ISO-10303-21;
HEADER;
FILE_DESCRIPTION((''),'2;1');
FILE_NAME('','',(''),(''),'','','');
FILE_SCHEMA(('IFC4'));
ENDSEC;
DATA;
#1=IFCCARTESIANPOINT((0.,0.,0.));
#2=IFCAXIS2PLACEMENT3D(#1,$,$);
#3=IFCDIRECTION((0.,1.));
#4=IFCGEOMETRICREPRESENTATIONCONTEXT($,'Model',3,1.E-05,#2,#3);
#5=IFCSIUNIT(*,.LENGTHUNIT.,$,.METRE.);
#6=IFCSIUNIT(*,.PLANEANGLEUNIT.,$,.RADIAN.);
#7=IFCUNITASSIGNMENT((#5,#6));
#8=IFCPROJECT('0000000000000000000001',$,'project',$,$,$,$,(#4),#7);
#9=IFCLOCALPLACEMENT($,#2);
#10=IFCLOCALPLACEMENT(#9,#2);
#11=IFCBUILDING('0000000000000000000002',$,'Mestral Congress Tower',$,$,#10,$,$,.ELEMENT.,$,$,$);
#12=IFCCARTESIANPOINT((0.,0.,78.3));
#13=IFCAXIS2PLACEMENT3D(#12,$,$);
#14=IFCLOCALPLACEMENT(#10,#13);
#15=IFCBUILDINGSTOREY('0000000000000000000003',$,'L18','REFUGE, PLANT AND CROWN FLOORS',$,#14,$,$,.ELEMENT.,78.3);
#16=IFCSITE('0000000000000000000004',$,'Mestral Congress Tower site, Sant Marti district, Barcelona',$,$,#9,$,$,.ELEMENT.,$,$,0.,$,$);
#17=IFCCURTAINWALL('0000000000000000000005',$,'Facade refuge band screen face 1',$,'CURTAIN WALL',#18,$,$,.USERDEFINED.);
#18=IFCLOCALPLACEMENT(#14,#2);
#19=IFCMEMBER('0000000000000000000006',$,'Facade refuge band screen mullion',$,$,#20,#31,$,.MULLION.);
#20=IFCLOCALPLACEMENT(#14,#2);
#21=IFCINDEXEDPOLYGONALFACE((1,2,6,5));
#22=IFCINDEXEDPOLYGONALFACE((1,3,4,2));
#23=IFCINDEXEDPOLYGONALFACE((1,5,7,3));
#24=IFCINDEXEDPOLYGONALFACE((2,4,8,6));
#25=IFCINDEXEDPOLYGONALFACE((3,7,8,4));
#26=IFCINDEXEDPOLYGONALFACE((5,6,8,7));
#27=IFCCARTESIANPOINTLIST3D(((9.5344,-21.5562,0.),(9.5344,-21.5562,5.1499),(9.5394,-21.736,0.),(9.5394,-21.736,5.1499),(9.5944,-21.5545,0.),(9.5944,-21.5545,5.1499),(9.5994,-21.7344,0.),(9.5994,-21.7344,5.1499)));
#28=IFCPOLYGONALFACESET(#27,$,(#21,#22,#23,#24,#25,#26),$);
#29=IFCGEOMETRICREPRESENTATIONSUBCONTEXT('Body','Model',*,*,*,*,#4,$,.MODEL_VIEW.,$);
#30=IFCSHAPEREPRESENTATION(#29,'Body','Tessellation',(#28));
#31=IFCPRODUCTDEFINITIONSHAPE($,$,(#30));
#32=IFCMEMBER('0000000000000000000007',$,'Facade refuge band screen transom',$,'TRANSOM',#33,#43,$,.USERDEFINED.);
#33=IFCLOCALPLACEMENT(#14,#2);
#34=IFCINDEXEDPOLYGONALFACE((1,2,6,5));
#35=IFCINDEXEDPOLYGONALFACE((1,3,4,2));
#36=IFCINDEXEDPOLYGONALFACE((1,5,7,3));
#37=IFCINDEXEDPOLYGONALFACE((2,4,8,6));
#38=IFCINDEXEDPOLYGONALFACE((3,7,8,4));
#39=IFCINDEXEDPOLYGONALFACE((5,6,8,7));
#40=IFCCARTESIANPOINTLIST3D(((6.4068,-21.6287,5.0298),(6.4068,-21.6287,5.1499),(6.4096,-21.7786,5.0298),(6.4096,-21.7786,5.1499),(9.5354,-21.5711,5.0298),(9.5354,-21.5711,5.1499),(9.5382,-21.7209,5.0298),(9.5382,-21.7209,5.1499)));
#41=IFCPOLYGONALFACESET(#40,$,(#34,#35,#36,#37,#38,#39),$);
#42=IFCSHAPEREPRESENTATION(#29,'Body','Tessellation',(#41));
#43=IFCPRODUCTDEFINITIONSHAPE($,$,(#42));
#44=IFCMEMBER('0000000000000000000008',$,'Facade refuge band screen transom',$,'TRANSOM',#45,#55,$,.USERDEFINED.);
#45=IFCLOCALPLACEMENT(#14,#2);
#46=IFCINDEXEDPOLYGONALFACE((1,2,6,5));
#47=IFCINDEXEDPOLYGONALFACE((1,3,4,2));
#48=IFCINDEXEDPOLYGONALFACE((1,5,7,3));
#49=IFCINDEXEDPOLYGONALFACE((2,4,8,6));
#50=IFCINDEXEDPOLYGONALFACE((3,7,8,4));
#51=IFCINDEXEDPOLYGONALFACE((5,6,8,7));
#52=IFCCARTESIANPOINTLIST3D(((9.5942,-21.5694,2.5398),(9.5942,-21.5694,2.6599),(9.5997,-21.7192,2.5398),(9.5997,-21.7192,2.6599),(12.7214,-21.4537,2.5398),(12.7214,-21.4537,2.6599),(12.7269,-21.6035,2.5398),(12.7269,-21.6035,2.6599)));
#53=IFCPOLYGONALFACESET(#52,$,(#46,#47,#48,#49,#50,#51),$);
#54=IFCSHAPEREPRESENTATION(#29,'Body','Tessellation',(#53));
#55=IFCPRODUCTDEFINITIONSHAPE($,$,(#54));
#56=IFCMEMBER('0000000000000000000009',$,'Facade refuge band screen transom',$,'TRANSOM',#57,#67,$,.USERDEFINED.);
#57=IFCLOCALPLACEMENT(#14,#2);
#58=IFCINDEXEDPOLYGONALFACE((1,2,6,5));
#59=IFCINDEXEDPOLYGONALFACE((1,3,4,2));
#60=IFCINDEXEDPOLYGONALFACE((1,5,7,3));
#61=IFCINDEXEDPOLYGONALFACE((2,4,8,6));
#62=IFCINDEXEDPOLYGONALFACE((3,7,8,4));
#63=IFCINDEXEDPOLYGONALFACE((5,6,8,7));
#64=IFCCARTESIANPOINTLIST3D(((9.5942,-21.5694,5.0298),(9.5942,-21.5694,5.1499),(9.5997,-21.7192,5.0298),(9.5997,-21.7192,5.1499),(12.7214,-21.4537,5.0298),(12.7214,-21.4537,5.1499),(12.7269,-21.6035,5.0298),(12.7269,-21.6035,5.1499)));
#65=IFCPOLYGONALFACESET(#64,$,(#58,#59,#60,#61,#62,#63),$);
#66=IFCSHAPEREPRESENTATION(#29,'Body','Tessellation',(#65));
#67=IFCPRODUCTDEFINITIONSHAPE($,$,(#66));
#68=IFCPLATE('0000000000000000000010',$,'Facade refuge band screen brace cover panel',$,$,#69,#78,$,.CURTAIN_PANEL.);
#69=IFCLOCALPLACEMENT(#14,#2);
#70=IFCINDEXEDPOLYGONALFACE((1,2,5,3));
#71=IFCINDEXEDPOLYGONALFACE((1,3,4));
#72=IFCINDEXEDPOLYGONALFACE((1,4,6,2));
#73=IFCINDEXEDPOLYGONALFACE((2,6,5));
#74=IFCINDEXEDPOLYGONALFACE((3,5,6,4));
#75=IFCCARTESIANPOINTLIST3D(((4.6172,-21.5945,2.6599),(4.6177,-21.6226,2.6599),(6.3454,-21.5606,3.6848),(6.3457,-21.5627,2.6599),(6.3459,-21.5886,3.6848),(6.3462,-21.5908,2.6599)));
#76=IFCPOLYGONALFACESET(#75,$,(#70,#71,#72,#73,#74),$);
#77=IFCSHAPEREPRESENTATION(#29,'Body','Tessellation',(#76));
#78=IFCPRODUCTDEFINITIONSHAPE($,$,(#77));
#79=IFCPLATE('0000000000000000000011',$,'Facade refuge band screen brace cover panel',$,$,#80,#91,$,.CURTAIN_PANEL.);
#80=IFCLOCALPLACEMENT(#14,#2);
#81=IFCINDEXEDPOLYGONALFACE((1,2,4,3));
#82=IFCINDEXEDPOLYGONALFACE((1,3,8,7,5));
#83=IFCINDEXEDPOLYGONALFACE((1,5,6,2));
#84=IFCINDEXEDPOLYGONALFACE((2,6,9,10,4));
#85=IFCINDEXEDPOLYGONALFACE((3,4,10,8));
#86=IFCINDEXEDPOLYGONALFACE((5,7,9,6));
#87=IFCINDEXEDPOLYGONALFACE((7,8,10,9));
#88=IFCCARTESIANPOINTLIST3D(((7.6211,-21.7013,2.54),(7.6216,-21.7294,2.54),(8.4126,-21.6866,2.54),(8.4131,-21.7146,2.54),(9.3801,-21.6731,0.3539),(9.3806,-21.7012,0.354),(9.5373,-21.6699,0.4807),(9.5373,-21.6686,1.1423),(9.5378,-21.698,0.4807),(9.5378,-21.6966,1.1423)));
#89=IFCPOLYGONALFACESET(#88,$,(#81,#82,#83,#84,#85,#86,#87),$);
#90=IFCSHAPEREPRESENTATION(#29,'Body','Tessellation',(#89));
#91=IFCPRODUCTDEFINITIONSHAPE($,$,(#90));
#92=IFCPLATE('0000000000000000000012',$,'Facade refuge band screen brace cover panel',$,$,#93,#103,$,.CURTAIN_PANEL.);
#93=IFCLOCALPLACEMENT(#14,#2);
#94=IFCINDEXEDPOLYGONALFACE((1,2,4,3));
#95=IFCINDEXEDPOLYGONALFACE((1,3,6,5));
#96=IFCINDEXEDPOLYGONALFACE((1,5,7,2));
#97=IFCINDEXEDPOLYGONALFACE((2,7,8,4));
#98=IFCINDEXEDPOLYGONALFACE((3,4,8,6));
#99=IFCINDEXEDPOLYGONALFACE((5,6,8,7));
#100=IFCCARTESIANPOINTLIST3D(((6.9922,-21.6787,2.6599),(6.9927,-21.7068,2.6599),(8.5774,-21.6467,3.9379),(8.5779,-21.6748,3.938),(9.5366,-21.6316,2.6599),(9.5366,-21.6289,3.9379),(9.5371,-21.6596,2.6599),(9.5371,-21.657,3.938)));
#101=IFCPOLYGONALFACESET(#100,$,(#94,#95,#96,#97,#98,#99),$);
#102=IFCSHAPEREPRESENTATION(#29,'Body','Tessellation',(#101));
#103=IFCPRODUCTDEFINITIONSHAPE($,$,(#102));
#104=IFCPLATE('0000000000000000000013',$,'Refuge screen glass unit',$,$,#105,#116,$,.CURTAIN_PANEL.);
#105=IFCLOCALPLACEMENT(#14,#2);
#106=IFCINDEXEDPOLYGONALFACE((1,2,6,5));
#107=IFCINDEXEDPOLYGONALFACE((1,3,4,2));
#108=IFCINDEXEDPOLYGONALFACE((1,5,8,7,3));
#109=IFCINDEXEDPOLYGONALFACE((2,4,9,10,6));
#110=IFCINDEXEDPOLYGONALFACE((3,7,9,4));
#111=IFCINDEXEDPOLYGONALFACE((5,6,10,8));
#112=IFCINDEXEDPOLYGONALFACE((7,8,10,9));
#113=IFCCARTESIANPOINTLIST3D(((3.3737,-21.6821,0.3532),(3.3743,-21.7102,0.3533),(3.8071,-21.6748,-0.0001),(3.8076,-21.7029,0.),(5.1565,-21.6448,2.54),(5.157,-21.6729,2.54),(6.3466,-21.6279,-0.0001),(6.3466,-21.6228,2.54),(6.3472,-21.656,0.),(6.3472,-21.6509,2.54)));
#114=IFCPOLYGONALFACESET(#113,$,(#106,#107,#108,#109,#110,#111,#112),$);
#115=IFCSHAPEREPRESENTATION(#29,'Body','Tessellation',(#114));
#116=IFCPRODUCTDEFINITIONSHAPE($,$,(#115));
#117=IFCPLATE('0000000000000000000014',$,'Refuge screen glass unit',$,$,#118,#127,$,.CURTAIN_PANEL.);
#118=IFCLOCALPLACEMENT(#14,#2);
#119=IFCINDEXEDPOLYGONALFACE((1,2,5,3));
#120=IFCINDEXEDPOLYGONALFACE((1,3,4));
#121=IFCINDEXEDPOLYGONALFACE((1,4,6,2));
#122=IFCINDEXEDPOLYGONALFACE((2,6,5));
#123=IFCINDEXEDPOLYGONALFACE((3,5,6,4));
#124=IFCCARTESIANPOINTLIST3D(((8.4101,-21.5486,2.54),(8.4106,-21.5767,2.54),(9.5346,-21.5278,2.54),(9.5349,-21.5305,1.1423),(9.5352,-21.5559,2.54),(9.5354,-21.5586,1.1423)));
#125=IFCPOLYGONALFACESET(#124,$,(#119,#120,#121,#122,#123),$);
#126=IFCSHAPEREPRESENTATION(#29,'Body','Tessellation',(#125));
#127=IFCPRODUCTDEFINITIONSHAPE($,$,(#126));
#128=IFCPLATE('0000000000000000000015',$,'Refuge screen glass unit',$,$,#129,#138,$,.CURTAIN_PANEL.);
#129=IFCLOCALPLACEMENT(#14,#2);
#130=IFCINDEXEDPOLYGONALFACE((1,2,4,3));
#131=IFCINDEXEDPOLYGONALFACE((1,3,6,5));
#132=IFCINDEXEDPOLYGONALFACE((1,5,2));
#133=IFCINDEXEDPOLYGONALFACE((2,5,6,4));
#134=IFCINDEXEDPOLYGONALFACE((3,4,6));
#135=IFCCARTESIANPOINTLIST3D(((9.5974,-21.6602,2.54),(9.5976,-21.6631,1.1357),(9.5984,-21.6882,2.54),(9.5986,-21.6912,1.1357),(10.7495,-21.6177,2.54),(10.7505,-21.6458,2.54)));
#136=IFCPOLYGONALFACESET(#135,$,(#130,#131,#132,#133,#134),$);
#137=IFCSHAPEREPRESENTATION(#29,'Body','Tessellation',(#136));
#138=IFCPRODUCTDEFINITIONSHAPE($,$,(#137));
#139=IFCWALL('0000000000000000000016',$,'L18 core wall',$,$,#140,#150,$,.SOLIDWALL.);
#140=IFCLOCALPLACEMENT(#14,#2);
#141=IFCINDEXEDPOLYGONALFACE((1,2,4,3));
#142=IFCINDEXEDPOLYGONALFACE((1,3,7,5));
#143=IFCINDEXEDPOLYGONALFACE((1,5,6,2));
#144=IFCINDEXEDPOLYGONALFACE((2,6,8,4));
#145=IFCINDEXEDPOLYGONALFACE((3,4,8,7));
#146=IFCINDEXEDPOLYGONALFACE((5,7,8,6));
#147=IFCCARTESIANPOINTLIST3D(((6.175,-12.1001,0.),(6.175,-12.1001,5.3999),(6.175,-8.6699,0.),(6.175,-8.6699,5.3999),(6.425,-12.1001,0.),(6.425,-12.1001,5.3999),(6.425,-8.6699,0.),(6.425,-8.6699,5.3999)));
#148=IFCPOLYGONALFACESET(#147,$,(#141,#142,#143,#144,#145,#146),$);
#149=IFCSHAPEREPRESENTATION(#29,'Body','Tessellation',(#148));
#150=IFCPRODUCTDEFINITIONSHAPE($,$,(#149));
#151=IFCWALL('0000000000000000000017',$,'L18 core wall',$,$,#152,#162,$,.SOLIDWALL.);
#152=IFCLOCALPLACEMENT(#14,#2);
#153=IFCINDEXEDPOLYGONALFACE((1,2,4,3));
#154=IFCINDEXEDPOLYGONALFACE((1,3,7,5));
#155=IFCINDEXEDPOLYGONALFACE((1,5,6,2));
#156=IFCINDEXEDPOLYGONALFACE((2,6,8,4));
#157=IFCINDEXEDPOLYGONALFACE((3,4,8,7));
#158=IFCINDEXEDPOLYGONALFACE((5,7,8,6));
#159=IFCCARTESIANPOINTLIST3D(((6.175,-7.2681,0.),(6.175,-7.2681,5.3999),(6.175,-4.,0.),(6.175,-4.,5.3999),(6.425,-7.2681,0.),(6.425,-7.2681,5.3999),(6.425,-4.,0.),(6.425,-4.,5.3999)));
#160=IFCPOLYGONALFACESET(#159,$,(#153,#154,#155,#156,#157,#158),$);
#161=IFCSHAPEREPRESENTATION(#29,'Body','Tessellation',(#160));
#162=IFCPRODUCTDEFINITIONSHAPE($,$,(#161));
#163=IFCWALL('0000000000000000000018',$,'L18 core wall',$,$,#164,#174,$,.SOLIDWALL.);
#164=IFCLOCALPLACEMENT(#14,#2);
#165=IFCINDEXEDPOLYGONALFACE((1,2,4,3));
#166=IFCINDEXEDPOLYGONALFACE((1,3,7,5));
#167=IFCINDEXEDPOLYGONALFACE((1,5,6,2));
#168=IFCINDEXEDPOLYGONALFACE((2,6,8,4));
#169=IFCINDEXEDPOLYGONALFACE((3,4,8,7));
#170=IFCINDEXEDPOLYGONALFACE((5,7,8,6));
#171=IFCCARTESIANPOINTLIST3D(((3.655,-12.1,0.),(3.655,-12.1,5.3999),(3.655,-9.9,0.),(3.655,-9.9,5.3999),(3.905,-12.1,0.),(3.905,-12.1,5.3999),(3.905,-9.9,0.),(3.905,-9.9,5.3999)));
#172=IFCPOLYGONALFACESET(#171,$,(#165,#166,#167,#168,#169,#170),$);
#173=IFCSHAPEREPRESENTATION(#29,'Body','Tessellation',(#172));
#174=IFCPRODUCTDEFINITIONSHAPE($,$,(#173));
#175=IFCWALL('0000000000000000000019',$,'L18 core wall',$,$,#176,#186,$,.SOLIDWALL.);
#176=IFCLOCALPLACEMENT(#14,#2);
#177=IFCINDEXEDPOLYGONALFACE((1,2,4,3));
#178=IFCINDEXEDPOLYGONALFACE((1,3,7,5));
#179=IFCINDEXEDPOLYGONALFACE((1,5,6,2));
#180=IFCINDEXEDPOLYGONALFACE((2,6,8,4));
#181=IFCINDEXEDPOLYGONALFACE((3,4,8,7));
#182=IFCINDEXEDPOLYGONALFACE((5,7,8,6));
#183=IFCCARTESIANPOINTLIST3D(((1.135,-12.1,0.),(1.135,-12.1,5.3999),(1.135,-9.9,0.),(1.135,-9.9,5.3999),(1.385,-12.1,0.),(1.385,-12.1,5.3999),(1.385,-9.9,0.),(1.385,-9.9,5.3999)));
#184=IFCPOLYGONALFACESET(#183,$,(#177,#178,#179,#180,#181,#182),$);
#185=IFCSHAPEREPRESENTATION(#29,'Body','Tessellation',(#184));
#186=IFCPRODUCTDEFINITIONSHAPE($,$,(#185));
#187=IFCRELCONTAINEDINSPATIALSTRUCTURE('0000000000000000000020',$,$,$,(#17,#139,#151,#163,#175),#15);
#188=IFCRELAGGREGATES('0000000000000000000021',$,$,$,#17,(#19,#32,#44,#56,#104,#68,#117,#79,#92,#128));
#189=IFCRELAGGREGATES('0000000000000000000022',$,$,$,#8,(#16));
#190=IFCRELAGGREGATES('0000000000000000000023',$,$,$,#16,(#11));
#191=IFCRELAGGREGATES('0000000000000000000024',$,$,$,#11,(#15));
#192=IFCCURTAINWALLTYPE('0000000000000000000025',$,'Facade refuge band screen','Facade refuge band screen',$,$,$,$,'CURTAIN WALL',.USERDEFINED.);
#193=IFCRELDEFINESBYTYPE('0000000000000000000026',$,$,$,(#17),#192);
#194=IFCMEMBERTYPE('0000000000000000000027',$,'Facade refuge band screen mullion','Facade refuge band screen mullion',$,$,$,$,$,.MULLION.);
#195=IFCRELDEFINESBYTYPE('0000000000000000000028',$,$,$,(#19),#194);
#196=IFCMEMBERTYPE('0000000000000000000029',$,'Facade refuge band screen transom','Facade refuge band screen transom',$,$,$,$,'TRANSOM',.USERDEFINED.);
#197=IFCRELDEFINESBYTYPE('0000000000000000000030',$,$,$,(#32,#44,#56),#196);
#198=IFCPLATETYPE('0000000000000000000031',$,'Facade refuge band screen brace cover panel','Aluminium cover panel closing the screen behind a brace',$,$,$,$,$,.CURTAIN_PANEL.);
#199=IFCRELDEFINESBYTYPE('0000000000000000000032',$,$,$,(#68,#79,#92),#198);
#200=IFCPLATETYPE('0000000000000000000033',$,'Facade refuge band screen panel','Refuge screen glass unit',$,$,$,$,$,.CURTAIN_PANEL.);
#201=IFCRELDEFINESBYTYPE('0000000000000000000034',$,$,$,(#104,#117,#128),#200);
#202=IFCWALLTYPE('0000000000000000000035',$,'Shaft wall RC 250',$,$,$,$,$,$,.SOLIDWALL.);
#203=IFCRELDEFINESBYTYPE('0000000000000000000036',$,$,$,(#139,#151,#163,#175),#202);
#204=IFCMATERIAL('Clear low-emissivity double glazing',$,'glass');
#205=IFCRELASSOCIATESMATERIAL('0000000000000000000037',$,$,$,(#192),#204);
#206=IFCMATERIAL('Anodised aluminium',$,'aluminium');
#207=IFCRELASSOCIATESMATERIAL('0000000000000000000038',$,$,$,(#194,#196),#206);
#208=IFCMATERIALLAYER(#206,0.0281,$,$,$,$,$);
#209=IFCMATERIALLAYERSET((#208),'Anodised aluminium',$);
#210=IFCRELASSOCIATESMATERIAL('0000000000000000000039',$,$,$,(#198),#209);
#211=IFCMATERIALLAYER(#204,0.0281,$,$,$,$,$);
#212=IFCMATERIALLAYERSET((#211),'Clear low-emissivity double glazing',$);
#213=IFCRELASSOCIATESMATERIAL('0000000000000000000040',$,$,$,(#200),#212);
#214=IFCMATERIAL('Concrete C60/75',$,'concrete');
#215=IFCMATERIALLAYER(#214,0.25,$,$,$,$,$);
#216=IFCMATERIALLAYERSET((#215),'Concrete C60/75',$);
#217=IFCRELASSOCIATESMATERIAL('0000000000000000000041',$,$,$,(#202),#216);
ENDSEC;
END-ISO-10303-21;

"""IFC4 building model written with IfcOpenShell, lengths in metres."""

from ifc_helpers import new_model, si_unit, direction, frame, frame_2d, origin, origin_2d, place, context, subcontext, project, spatial, polyline, rectangle, outline, extrude, material, layer, layer_set, material_profile, profile_set, type_object, element, aggregate, save


model = new_model("IFC4")

# Units and contexts
model_context = context("Model", 3, precision=1e-05, world=origin(), true_north=direction((0.0, 1.0)))
body_context = subcontext(model_context, "Body", "Model", "MODEL_VIEW")
ifc_project = project(units=[si_unit("LENGTHUNIT", "METRE"), si_unit("PLANEANGLEUNIT", "RADIAN")], contexts=[model_context])

# Site, building, storey
site_placement = place(None, origin())
site = spatial("IfcSite", under=ifc_project, at=site_placement, Name="Mestral Congress Tower site, Sant Marti district, Barcelona", CompositionType="ELEMENT", RefElevation=0.0)
building_placement = place(site_placement, origin())
building = spatial("IfcBuilding", under=site, at=building_placement, Name="Mestral Congress Tower", CompositionType="ELEMENT")
storey_placement = place(building_placement, frame((0.0, 0.0, 78.3)))
storey = spatial("IfcBuildingStorey", under=building, at=storey_placement, Name="L18", Description="REFUGE, PLANT AND CROWN FLOORS", CompositionType="ELEMENT", Elevation=78.3)

# Curtain wall, members, plates
ifc_material_1 = material(Name="Clear low-emissivity double glazing", Category="glass")
curtain_wall_type = type_object("IfcCurtainWallType", Name="Facade refuge band screen", Description="Facade refuge band screen", ElementType="CURTAIN WALL", PredefinedType="USERDEFINED", material=ifc_material_1)
curtain_wall_placement = place(storey_placement, origin())
curtain_wall = element("IfcCurtainWall", 1, at=curtain_wall_placement, inside=storey, type_object=curtain_wall_type, Name="Facade refuge band screen face 1", ObjectType="CURTAIN WALL", PredefinedType="USERDEFINED")
ifc_material_2 = material(Name="Anodised aluminium", Category="aluminium")
ifc_material_profile_1 = material_profile(ifc_material_2, rectangle(XDim=0.1799, YDim=0.0601, at=origin_2d()), Name="CW3 mullion 180 x 60")
ifc_profile_set_1 = profile_set([ifc_material_profile_1], Name="Anodised aluminium")
member_type_1 = type_object("IfcMemberType", Name="Facade refuge band screen mullion", Description="Facade refuge band screen mullion", PredefinedType="MULLION", material=ifc_profile_set_1)
member_1_placement = place(storey_placement, frame((9.5669, -21.6453, 0.0), z_axis=(0.0, 0.0, 1.0), x_axis=(0.027726, -0.999616, 0.0)))
member_1 = element("IfcMember", 2, at=member_1_placement, type_object=member_type_1, Name="Facade refuge band screen mullion", PredefinedType="MULLION", context=body_context, shape_type="SweptSolid", body=[
    extrude(rectangle(XDim=0.1799, YDim=0.0601, at=origin_2d()), origin(), (0.0, 0.0, 1.0), 5.1499),
])
ifc_material_profile_2 = material_profile(ifc_material_2, rectangle(XDim=0.1499, YDim=0.1201, at=origin_2d()), Name="CW3 transom 150 x 120")
ifc_profile_set_2 = profile_set([ifc_material_profile_2], Name="Anodised aluminium")
member_type_2 = type_object("IfcMemberType", Name="Facade refuge band screen transom", Description="Facade refuge band screen transom", ElementType="TRANSOM", PredefinedType="USERDEFINED", material=ifc_profile_set_2)
member_2_placement = place(storey_placement, frame((6.4082, -21.7036, 5.0898), z_axis=(0.99983, 0.018413, 0.0), x_axis=(-0.018413, 0.99983, 0.0)))
member_2 = element("IfcMember", 3, at=member_2_placement, type_object=member_type_2, Name="Facade refuge band screen transom", ObjectType="TRANSOM", PredefinedType="USERDEFINED", context=body_context, shape_type="SweptSolid", body=[
    extrude(rectangle(XDim=0.1499, YDim=0.1201, at=origin_2d()), origin(), (0.0, 0.0, 1.0), 3.1292),
])
member_3_placement = place(storey_placement, frame((9.5969, -21.6443, 2.5999), z_axis=(0.999316, 0.03698, 0.0), x_axis=(-0.03698, 0.999316, 0.0)))
member_3 = element("IfcMember", 4, at=member_3_placement, type_object=member_type_2, Name="Facade refuge band screen transom", ObjectType="TRANSOM", PredefinedType="USERDEFINED", context=body_context, shape_type="SweptSolid", body=[
    extrude(rectangle(XDim=0.1499, YDim=0.1201, at=origin_2d()), origin(), (0.0, 0.0, 1.0), 3.1294),
])
member_4_placement = place(storey_placement, frame((9.5969, -21.6443, 5.0898), z_axis=(0.999316, 0.03698, 0.0), x_axis=(-0.03698, 0.999316, 0.0)))
member_4 = element("IfcMember", 5, at=member_4_placement, type_object=member_type_2, Name="Facade refuge band screen transom", ObjectType="TRANSOM", PredefinedType="USERDEFINED", context=body_context, shape_type="SweptSolid", body=[
    extrude(rectangle(XDim=0.1499, YDim=0.1201, at=origin_2d()), origin(), (0.0, 0.0, 1.0), 3.1294),
])
ifc_layer_1 = layer(ifc_material_2, 0.0281)
ifc_layer_set_1 = layer_set([ifc_layer_1], Name="Anodised aluminium")
plate_type_1 = type_object("IfcPlateType", Name="Facade refuge band screen brace cover panel", Description="Aluminium cover panel closing the screen behind a brace", PredefinedType="CURTAIN_PANEL", material=ifc_layer_set_1)
plate_1_placement = place(storey_placement, frame((6.3462, -21.5908, 2.6599), z_axis=(0.018358, -0.999829, 0.002148), x_axis=(-0.999831, -0.018358, 0.0)))
plate_1 = element("IfcPlate", 6, at=plate_1_placement, type_object=plate_type_1, Name="Facade refuge band screen brace cover panel", PredefinedType="CURTAIN_PANEL", context=body_context, shape_type="SweptSolid", body=[
    extrude(outline(polyline([(0.0, 0.0), (1.7288, 0.0), (0.0002, -1.0249), (0.0, 0.0)])), origin(), (0.0, 0.0, -1.0), 0.0281),
])
plate_2_placement = place(storey_placement, frame((9.5378, -21.698, 0.4807), z_axis=(0.018595, -0.999825, 0.002079), x_axis=(-0.778525, -0.015784, -0.627415)))
plate_2 = element("IfcPlate", 7, at=plate_2_placement, type_object=plate_type_1, Name="Facade refuge band screen brace cover panel", PredefinedType="CURTAIN_PANEL", context=body_context, shape_type="SweptSolid", body=[
    extrude(outline(polyline([(0.0, 0.0), (0.202, 0.0), (0.2003, -2.806), (-0.4161, -2.3093), (-0.4151, -0.5152), (0.0, 0.0)])), origin(), (0.0, 0.0, -1.0), 0.0281),
])
plate_3_placement = place(storey_placement, frame((9.5371, -21.657, 3.938), z_axis=(0.018532, -0.999826, 0.002067), x_axis=(-0.000001, -0.002068, -0.999998)))
plate_3 = element("IfcPlate", 8, at=plate_3_placement, type_object=plate_type_1, Name="Facade refuge band screen brace cover panel", PredefinedType="CURTAIN_PANEL", context=body_context, shape_type="SweptSolid", body=[
    extrude(outline(polyline([(0.0, 0.0), (1.2781, 0.0), (1.2782, -2.5449), (0.0, -0.9594), (0.0, 0.0)])), origin(), (0.0, 0.0, -1.0), 0.0281),
])
ifc_layer_2 = layer(ifc_material_1, 0.0281)
ifc_layer_set_2 = layer_set([ifc_layer_2], Name="Clear low-emissivity double glazing")
plate_type_2 = type_object("IfcPlateType", Name="Facade refuge band screen panel", Description="Refuge screen glass unit", PredefinedType="CURTAIN_PANEL", material=ifc_layer_set_2)
plate_4_placement = place(storey_placement, frame((6.3472, -21.6509, 2.54), z_axis=(0.018464, -0.999827, 0.002012), x_axis=(0.0, -0.002013, -0.999998)))
plate_4 = element("IfcPlate", 9, at=plate_4_placement, type_object=plate_type_2, Name="Refuge screen glass unit", PredefinedType="CURTAIN_PANEL", context=body_context, shape_type="SweptSolid", body=[
    extrude(outline(polyline([(0.0, 0.0), (2.54, 0.0), (2.5401, -2.54), (2.1869, -2.9734), (0.0, -1.1904), (0.0, 0.0)])), origin(), (0.0, 0.0, -1.0), 0.0281),
])
plate_5_placement = place(storey_placement, frame((9.5352, -21.5559, 2.54), z_axis=(0.018451, -0.999828, 0.001924), x_axis=(0.000175, -0.001921, -0.999998)))
plate_5 = element("IfcPlate", 10, at=plate_5_placement, type_object=plate_type_2, Name="Refuge screen glass unit", PredefinedType="CURTAIN_PANEL", context=body_context, shape_type="SweptSolid", body=[
    extrude(outline(polyline([(0.0, 0.0), (1.3977, 0.0), (-0.0002, -1.1247), (0.0, 0.0)])), origin(), (0.0, 0.0, -1.0), 0.0281),
])
plate_6_placement = place(storey_placement, frame((9.5984, -21.6882, 2.54), z_axis=(0.036847, -0.999319, 0.002091), x_axis=(0.999321, 0.036847, 0.0)))
plate_6 = element("IfcPlate", 11, at=plate_6_placement, type_object=plate_type_2, Name="Refuge screen glass unit", PredefinedType="CURTAIN_PANEL", context=body_context, shape_type="SweptSolid", body=[
    extrude(outline(polyline([(0.0, 0.0), (1.1529, 0.0), (0.0001, -1.4043), (0.0, 0.0)])), origin(), (0.0, 0.0, -1.0), 0.0281),
])

# Walls
ifc_material_3 = material(Name="Concrete C60/75", Category="concrete")
ifc_layer_3 = layer(ifc_material_3, 0.25)
ifc_layer_set_3 = layer_set([ifc_layer_3], Name="Concrete C60/75")
wall_type_1 = type_object("IfcWallType", Name="Shaft wall RC 250", PredefinedType="SOLIDWALL", material=ifc_layer_set_3)
wall_1_placement = place(storey_placement, frame((6.3, -8.6699, 0.0), z_axis=(0.0, 0.0, 1.0), x_axis=(0.0, -1.0, 0.0)))
element("IfcWall", 12, at=wall_1_placement, inside=storey, type_object=wall_type_1, Name="L18 core wall", PredefinedType="SOLIDWALL", context=body_context, shape_type="SweptSolid", body=[
    extrude(rectangle(XDim=3.4302, YDim=0.25, at=frame_2d((1.7151, 0.0))), origin(), (0.0, 0.0, 1.0), 5.3999),
])
wall_2_placement = place(storey_placement, frame((6.3, -7.2681, 0.0), z_axis=(0.0, 0.0, 1.0), x_axis=(0.0, 1.0, 0.0)))
element("IfcWall", 13, at=wall_2_placement, inside=storey, type_object=wall_type_1, Name="L18 core wall", PredefinedType="SOLIDWALL", context=body_context, shape_type="SweptSolid", body=[
    extrude(rectangle(XDim=3.2681, YDim=0.25, at=frame_2d((1.634, 0.0))), origin(), (0.0, 0.0, 1.0), 5.3999),
])
for number, where, z_axis, x_axis, name in (
    (14, (3.78, -12.1001, 0.0), (0.0, 0.0, 1.0), (0.0, 1.0, 0.0), "L18 core wall"),
    (15, (1.26, -12.1001, 0.0), (0.0, 0.0, 1.0), (0.0, 1.0, 0.0), "L18 core wall"),
):
    element("IfcWall", number, at=place(storey_placement, frame(where, z_axis=z_axis, x_axis=x_axis)), inside=storey, type_object=wall_type_1, Name=name, PredefinedType="SOLIDWALL", context=body_context, shape_type="SweptSolid", body=[
        extrude(rectangle(XDim=2.2, YDim=0.25, at=frame_2d((1.1001, 0.0))), origin(), (0.0, 0.0, 1.0), 5.3999),
    ])

aggregate(curtain_wall, [member_1, member_2, member_3, member_4, plate_4, plate_1, plate_5, plate_2, plate_3, plate_6])

save(model, "model.ifc")
